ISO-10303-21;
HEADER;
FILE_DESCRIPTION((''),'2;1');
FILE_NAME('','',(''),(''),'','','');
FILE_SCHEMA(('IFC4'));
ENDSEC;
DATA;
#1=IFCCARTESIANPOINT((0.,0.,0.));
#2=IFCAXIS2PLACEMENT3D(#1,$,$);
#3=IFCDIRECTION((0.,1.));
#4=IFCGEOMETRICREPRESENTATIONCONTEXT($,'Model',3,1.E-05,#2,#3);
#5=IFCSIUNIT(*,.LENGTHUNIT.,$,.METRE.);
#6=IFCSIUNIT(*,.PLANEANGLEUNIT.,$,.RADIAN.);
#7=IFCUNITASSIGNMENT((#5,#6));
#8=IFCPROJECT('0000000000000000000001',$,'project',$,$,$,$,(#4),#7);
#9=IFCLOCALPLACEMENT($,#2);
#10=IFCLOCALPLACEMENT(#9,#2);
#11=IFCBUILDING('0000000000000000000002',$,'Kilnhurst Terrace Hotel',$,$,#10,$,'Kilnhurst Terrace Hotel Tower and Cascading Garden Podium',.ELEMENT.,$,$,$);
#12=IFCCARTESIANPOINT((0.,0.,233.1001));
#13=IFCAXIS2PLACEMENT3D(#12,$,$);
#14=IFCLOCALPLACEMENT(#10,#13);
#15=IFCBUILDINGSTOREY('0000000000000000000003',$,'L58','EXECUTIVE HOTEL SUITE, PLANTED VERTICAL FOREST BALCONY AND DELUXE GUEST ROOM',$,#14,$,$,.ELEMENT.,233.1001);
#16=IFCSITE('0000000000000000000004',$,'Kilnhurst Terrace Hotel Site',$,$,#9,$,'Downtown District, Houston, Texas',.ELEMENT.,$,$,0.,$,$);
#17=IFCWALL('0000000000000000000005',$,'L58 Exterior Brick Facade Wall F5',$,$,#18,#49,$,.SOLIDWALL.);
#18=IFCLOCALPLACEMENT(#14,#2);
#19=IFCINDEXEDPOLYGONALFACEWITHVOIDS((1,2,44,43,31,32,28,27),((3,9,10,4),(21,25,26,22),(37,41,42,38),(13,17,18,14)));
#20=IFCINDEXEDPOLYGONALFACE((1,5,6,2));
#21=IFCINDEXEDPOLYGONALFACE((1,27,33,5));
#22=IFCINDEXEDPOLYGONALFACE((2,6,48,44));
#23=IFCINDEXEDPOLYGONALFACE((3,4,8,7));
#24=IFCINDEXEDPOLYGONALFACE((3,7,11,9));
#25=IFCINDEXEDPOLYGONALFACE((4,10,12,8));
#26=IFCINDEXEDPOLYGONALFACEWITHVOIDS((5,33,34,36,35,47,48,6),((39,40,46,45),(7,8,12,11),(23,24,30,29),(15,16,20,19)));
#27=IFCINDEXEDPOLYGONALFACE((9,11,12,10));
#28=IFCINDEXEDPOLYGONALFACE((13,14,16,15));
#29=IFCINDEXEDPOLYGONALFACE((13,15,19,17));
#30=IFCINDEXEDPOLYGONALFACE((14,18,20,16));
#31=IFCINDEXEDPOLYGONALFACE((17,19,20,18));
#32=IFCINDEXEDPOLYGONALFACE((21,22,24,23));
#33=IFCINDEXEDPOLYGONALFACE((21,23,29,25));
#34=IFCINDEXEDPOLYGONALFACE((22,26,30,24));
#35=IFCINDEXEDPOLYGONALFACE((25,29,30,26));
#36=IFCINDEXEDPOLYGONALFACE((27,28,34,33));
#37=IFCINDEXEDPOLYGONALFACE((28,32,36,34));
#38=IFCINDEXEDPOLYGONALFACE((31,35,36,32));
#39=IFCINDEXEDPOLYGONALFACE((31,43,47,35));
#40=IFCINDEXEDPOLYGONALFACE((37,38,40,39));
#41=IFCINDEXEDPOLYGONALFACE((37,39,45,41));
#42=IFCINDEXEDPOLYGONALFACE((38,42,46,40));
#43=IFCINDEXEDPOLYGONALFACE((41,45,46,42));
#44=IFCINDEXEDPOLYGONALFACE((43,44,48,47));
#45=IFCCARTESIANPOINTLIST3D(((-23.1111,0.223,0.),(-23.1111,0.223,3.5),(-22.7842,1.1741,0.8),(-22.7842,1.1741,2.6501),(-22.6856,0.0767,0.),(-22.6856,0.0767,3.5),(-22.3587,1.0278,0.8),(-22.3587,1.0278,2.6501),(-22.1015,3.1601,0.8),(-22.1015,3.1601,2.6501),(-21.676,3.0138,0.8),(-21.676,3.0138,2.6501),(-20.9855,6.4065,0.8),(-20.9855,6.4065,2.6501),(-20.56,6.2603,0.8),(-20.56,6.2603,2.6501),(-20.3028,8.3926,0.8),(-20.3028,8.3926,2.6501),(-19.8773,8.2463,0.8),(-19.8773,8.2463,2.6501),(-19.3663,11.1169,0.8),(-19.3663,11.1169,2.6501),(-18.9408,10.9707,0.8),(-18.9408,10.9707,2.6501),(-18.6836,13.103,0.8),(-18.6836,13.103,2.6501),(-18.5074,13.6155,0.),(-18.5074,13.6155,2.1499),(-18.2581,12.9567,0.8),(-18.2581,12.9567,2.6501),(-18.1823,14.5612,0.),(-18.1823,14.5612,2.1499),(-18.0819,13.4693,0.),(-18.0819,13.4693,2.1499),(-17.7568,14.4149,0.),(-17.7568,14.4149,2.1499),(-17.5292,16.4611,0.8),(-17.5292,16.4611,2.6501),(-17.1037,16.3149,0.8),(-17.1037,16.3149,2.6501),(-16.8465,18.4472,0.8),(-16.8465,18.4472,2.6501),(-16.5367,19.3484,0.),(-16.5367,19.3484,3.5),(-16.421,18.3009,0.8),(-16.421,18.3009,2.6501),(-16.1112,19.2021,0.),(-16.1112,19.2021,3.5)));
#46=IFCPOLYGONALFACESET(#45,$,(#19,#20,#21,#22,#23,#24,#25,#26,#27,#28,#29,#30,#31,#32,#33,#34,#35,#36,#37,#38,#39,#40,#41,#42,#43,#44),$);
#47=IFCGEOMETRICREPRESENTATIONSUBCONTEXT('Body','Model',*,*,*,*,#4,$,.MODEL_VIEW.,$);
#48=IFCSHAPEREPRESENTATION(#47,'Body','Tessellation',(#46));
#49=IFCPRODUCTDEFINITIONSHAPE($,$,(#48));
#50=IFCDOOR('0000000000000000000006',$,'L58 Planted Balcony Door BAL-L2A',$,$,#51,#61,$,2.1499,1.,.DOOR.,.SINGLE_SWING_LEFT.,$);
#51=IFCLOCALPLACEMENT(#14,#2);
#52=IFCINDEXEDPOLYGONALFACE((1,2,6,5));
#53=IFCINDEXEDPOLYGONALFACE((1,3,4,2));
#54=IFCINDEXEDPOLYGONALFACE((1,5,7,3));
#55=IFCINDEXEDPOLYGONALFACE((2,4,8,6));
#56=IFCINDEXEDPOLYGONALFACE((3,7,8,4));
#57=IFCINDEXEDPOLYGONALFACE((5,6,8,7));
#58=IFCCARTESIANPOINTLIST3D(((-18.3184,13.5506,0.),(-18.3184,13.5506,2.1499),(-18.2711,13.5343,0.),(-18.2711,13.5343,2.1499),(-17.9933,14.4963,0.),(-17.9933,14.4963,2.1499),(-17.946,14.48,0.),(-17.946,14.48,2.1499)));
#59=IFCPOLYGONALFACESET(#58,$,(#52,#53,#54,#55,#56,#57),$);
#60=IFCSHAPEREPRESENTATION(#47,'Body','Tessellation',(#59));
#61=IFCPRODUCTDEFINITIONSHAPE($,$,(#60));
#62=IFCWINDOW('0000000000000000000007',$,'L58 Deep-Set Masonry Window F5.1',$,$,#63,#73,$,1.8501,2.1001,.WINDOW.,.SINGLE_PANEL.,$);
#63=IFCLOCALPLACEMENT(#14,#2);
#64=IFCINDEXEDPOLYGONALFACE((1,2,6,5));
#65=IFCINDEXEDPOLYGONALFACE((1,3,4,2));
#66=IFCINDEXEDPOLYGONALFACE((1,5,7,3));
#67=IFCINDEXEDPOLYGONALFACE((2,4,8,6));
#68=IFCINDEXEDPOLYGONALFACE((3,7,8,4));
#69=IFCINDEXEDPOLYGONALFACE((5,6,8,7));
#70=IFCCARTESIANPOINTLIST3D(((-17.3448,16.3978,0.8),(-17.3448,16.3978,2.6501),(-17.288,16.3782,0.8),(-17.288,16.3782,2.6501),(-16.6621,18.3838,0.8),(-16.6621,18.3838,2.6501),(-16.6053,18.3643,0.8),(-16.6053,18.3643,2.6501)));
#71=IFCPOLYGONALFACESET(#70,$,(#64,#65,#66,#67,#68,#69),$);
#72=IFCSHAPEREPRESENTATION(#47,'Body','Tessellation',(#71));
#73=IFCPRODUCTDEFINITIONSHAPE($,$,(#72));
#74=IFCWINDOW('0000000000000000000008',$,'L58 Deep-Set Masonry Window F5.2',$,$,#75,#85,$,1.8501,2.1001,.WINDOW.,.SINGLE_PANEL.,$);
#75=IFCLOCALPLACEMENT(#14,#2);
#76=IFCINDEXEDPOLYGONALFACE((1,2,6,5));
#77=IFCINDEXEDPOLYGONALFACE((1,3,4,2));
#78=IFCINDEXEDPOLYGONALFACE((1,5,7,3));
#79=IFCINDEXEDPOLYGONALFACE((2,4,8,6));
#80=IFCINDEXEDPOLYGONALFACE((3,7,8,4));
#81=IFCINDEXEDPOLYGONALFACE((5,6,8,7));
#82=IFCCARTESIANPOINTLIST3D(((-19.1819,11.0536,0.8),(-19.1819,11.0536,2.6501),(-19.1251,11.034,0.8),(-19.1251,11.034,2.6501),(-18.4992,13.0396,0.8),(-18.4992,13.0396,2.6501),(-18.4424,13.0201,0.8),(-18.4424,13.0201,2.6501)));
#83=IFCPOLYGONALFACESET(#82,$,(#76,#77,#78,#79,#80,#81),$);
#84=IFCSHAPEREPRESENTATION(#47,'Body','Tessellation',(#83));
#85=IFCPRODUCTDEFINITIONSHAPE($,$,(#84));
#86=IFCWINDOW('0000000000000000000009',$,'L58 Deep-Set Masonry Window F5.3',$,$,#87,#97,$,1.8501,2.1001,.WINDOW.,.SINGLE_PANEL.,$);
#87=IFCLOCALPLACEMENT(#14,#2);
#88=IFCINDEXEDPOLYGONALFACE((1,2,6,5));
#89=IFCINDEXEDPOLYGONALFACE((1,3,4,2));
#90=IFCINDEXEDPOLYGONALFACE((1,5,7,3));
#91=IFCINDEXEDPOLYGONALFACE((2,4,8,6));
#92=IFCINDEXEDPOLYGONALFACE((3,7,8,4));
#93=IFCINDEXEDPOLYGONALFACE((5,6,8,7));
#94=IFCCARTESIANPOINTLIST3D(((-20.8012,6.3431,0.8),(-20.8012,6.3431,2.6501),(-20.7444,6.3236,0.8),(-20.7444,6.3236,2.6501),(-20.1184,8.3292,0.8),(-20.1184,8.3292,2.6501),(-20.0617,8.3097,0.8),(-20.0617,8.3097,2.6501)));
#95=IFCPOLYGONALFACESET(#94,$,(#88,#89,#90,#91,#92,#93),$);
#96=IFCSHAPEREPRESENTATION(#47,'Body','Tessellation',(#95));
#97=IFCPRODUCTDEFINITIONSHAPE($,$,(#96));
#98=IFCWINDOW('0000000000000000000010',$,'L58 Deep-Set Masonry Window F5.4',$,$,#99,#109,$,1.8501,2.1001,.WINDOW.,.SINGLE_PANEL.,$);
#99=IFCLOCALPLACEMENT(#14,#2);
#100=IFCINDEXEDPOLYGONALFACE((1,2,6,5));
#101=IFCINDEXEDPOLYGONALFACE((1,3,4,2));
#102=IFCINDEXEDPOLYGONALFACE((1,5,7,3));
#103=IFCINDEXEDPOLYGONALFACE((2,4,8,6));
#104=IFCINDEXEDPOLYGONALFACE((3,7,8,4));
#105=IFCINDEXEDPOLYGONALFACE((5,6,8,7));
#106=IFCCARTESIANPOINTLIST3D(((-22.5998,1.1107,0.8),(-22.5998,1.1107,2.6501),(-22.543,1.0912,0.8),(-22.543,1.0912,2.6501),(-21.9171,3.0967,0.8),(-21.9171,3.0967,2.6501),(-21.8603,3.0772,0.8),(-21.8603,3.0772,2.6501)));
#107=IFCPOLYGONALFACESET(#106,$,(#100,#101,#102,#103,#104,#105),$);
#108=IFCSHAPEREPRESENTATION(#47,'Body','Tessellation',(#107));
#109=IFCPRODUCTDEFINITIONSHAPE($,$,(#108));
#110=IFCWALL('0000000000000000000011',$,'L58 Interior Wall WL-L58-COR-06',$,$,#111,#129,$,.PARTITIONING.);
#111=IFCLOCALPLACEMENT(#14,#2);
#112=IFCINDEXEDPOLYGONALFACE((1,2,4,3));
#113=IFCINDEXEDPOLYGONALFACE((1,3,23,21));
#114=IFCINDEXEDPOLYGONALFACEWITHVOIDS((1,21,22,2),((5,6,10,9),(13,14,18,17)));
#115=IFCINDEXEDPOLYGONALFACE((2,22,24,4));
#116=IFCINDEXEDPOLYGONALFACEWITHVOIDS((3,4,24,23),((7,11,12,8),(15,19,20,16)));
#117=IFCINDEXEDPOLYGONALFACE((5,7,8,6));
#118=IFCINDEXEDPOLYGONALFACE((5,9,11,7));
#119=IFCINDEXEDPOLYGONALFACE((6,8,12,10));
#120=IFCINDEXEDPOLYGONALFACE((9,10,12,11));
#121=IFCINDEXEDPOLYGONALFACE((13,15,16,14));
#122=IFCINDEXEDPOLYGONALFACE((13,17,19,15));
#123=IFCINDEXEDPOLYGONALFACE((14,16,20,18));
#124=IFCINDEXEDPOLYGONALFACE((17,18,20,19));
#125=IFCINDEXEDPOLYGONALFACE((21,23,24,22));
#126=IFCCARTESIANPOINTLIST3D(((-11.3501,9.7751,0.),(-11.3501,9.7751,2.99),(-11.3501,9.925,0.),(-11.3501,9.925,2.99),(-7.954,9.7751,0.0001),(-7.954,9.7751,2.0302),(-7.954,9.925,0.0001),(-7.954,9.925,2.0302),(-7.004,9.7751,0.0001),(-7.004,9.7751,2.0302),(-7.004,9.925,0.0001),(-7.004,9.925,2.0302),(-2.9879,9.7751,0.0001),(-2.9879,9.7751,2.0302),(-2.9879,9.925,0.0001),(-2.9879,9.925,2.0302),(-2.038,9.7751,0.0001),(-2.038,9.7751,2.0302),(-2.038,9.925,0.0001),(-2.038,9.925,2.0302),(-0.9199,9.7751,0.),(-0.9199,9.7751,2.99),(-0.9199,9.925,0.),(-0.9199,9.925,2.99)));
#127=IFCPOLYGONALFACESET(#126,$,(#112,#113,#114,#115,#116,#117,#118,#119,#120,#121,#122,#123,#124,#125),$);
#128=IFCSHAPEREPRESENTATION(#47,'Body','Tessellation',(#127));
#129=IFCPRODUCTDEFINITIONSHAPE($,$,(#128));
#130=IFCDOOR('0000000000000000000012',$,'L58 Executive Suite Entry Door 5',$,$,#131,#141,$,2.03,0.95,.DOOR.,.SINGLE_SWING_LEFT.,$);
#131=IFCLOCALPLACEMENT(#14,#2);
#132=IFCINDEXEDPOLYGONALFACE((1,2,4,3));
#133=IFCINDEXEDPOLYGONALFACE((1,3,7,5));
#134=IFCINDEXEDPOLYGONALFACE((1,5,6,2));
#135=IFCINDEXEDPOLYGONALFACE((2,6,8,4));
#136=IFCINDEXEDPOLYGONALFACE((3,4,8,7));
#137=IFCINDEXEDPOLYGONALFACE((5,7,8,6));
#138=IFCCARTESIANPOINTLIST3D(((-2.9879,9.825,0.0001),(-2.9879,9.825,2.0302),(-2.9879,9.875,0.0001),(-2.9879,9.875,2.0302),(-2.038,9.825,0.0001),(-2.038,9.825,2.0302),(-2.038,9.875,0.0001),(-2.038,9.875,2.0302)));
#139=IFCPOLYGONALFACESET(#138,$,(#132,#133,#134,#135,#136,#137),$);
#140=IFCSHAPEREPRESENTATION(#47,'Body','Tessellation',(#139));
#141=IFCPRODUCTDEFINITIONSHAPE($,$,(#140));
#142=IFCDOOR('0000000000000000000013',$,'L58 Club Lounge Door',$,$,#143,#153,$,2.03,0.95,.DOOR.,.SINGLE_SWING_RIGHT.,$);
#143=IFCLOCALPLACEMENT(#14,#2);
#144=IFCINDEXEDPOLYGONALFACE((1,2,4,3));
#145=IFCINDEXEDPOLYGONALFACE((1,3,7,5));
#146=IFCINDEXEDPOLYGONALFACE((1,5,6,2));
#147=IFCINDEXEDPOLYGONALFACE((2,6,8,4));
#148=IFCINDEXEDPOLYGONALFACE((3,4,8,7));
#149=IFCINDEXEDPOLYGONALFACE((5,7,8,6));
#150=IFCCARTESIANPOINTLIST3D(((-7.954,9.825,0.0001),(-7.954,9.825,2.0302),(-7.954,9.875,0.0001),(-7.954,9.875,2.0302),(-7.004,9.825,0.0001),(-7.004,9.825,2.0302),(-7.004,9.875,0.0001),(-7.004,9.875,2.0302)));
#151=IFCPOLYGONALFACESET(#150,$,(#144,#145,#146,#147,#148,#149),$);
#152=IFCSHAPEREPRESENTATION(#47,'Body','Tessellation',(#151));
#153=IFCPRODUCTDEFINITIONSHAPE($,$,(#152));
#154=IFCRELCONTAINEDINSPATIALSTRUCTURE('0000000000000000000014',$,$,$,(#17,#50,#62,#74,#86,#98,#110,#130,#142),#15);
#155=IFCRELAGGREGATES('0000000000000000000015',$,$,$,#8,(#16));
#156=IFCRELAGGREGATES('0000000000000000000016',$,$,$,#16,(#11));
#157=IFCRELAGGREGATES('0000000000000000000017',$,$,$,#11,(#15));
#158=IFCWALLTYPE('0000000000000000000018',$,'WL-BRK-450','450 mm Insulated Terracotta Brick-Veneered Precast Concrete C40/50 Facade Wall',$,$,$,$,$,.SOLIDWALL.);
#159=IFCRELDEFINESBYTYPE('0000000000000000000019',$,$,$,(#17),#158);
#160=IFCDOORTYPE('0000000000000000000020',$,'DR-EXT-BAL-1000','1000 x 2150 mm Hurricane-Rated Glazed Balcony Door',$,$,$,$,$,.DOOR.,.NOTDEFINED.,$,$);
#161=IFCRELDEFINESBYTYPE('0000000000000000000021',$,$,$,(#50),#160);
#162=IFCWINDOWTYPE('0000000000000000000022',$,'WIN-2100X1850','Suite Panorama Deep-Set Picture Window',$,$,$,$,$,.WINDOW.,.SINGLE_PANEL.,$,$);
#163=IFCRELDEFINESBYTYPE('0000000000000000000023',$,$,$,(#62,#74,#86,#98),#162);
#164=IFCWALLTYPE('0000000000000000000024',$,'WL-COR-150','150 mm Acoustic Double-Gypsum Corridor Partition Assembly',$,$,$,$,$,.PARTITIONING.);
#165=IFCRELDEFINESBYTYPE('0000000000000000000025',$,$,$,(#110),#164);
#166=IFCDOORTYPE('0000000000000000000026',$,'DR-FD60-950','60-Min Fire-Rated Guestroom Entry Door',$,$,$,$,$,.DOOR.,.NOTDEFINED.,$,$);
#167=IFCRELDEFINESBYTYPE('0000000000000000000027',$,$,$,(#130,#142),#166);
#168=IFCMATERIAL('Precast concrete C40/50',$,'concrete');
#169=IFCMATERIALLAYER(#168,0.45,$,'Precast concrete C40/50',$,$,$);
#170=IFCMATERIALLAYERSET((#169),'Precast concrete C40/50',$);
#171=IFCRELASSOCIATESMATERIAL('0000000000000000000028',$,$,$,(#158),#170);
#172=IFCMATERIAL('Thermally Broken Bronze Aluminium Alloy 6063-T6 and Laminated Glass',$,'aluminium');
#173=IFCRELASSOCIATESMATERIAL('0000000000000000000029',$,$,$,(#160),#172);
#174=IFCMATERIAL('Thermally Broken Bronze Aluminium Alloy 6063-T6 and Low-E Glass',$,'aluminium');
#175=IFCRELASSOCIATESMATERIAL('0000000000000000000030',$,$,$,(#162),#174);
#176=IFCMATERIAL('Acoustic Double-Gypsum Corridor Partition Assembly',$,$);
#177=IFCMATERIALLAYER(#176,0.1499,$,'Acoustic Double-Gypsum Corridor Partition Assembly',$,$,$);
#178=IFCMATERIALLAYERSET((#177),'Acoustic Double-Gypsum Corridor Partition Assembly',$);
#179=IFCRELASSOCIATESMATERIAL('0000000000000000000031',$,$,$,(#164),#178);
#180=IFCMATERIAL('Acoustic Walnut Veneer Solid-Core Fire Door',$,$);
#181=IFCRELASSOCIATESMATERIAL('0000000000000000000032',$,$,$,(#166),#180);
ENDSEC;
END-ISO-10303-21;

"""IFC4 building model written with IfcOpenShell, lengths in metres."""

from ifc_helpers import new_model, si_unit, direction, frame, frame_2d, origin, place, context, subcontext, project, spatial, rectangle, extrude, material, layer, layer_set, type_object, element, fill, save


model = new_model("IFC4")

# Units and contexts
model_context = context("Model", 3, precision=1e-05, world=origin(), true_north=direction((0.0, 1.0)))
body_context = subcontext(model_context, "Body", "Model", "MODEL_VIEW")
ifc_project = project(units=[si_unit("LENGTHUNIT", "METRE"), si_unit("PLANEANGLEUNIT", "RADIAN")], contexts=[model_context])

# Site, building, storey
site_placement = place(None, origin())
site = spatial("IfcSite", under=ifc_project, at=site_placement, Name="Kilnhurst Terrace Hotel Site", LongName="Downtown District, Houston, Texas", CompositionType="ELEMENT", RefElevation=0.0)
building_placement = place(site_placement, origin())
building = spatial("IfcBuilding", under=site, at=building_placement, Name="Kilnhurst Terrace Hotel", LongName="Kilnhurst Terrace Hotel Tower and Cascading Garden Podium", CompositionType="ELEMENT")
storey_placement = place(building_placement, frame((0.0, 0.0, 233.1001)))
storey = spatial("IfcBuildingStorey", under=building, at=storey_placement, Name="L58", Description="EXECUTIVE HOTEL SUITE, PLANTED VERTICAL FOREST BALCONY AND DELUXE GUEST ROOM", CompositionType="ELEMENT", Elevation=233.1001)

# Shared definitions
ifc_material_1 = material(Name="Precast concrete C40/50", Category="concrete")
ifc_layer_1 = layer(ifc_material_1, 0.45, Name="Precast concrete C40/50")
ifc_layer_set_1 = layer_set([ifc_layer_1], Name="Precast concrete C40/50")
wall_type_1 = type_object("IfcWallType", Name="WL-BRK-450", Description="450 mm Insulated Terracotta Brick-Veneered Precast Concrete C40/50 Facade Wall", PredefinedType="SOLIDWALL", material=ifc_layer_set_1)

# Wall, openings, door, windows
wall_1_placement = place(storey_placement, frame((-16.324, 19.2751, 0.0), z_axis=(0.0, 0.0, 1.0), x_axis=(-0.325083, -0.945685, 0.0)))
wall_1 = element("IfcWall", 1, at=wall_1_placement, inside=storey, type_object=wall_type_1, Name="L58 Exterior Brick Facade Wall F5", PredefinedType="SOLIDWALL", context=body_context, shape_type="SweptSolid", body=[
    extrude(rectangle(XDim=20.2239, YDim=0.45, at=frame_2d((10.1118, 0.0))), origin(), (0.0, 0.0, 1.0), 3.5),
])
opening_1_placement = place(wall_1_placement, frame((5.062, 0.0, 0.0)))
opening_1 = element("IfcOpeningElement", 2, at=opening_1_placement, cuts=wall_1, PredefinedType="OPENING", context=body_context, shape_type="SweptSolid", body=[
    extrude(rectangle(XDim=1.0, YDim=2.1499, at=frame_2d((0.5, 1.075))), frame((0.0, 0.2349, 0.0), z_axis=(0.0, -1.0, 0.0), x_axis=(1.0, 0.0, 0.0)), (0.0, 0.0, 1.0), 0.47),
])
opening_2_placement = place(wall_1_placement, frame((0.9529, 0.0, 0.8)))
opening_2 = element("IfcOpeningElement", 3, at=opening_2_placement, cuts=wall_1, PredefinedType="OPENING", context=body_context, shape_type="SweptSolid", body=[
    extrude(rectangle(XDim=2.1001, YDim=1.8501, at=frame_2d((1.05, 0.925))), frame((0.0, 0.2349, 0.0), z_axis=(0.0, -1.0, 0.0), x_axis=(1.0, 0.0, 0.0)), (0.0, 0.0, 1.0), 0.47),
])
opening_3_placement = place(wall_1_placement, frame((6.604, 0.0, 0.8)))
opening_3 = element("IfcOpeningElement", 4, at=opening_3_placement, cuts=wall_1, PredefinedType="OPENING", context=body_context, shape_type="SweptSolid", body=[
    extrude(rectangle(XDim=2.1001, YDim=1.8501, at=frame_2d((1.05, 0.925))), frame((0.0, 0.2349, 0.0), z_axis=(0.0, -1.0, 0.0), x_axis=(1.0, 0.0, 0.0)), (0.0, 0.0, 1.0), 0.47),
])
opening_4_placement = place(wall_1_placement, frame((11.585, 0.0, 0.8)))
opening_4 = element("IfcOpeningElement", 5, at=opening_4_placement, cuts=wall_1, PredefinedType="OPENING", context=body_context, shape_type="SweptSolid", body=[
    extrude(rectangle(XDim=2.1001, YDim=1.8501, at=frame_2d((1.05, 0.925))), frame((0.0, 0.2349, 0.0), z_axis=(0.0, -1.0, 0.0), x_axis=(1.0, 0.0, 0.0)), (0.0, 0.0, 1.0), 0.47),
])
opening_5_placement = place(wall_1_placement, frame((17.1179, 0.0, 0.8)))
opening_5 = element("IfcOpeningElement", 6, at=opening_5_placement, cuts=wall_1, PredefinedType="OPENING", context=body_context, shape_type="SweptSolid", body=[
    extrude(rectangle(XDim=2.1001, YDim=1.8501, at=frame_2d((1.05, 0.925))), frame((0.0, 0.2349, 0.0), z_axis=(0.0, -1.0, 0.0), x_axis=(1.0, 0.0, 0.0)), (0.0, 0.0, 1.0), 0.47),
])
ifc_material_2 = material(Name="Thermally Broken Bronze Aluminium Alloy 6063-T6 and Laminated Glass", Category="aluminium")
door_type_1 = type_object("IfcDoorType", Name="DR-EXT-BAL-1000", Description="1000 x 2150 mm Hurricane-Rated Glazed Balcony Door", OperationType="NOTDEFINED", PredefinedType="DOOR", material=ifc_material_2)
door_1_placement = place(opening_1_placement, origin())
door_1 = element("IfcDoor", 7, at=door_1_placement, inside=storey, type_object=door_type_1, Name="L58 Planted Balcony Door BAL-L2A", OperationType="SINGLE_SWING_LEFT", OverallHeight=2.1499, OverallWidth=1.0, PredefinedType="DOOR", context=body_context, shape_type="SweptSolid", body=[
    extrude(rectangle(XDim=1.0, YDim=2.1499, at=frame_2d((0.5, 1.075))), frame((0.0, 0.0249, 0.0), z_axis=(0.0, -1.0, 0.0), x_axis=(1.0, 0.0, 0.0)), (0.0, 0.0, 1.0), 0.05),
])
fill(opening_1, door_1)
ifc_material_3 = material(Name="Thermally Broken Bronze Aluminium Alloy 6063-T6 and Low-E Glass", Category="aluminium")
window_type = type_object("IfcWindowType", Name="WIN-2100X1850", Description="Suite Panorama Deep-Set Picture Window", PartitioningType="SINGLE_PANEL", PredefinedType="WINDOW", material=ifc_material_3)
window_1_placement = place(opening_2_placement, origin())
window_1 = element("IfcWindow", 8, at=window_1_placement, inside=storey, type_object=window_type, Name="L58 Deep-Set Masonry Window F5.1", OverallHeight=1.8501, OverallWidth=2.1001, PartitioningType="SINGLE_PANEL", PredefinedType="WINDOW", context=body_context, shape_type="SweptSolid", body=[
    extrude(rectangle(XDim=2.1001, YDim=1.8501, at=frame_2d((1.05, 0.925))), frame((0.0, 0.03, 0.0), z_axis=(0.0, -1.0, 0.0), x_axis=(1.0, 0.0, 0.0)), (0.0, 0.0, 1.0), 0.0601),
])
fill(opening_2, window_1)
window_2_placement = place(opening_3_placement, origin())
window_2 = element("IfcWindow", 9, at=window_2_placement, inside=storey, type_object=window_type, Name="L58 Deep-Set Masonry Window F5.2", OverallHeight=1.8501, OverallWidth=2.1001, PartitioningType="SINGLE_PANEL", PredefinedType="WINDOW", context=body_context, shape_type="SweptSolid", body=[
    extrude(rectangle(XDim=2.1001, YDim=1.8501, at=frame_2d((1.05, 0.925))), frame((0.0, 0.03, 0.0), z_axis=(0.0, -1.0, 0.0), x_axis=(1.0, 0.0, 0.0)), (0.0, 0.0, 1.0), 0.0601),
])
fill(opening_3, window_2)
window_3_placement = place(opening_4_placement, origin())
window_3 = element("IfcWindow", 10, at=window_3_placement, inside=storey, type_object=window_type, Name="L58 Deep-Set Masonry Window F5.3", OverallHeight=1.8501, OverallWidth=2.1001, PartitioningType="SINGLE_PANEL", PredefinedType="WINDOW", context=body_context, shape_type="SweptSolid", body=[
    extrude(rectangle(XDim=2.1001, YDim=1.8501, at=frame_2d((1.05, 0.925))), frame((0.0, 0.03, 0.0), z_axis=(0.0, -1.0, 0.0), x_axis=(1.0, 0.0, 0.0)), (0.0, 0.0, 1.0), 0.0601),
])
fill(opening_4, window_3)
window_4_placement = place(opening_5_placement, origin())
window_4 = element("IfcWindow", 11, at=window_4_placement, inside=storey, type_object=window_type, Name="L58 Deep-Set Masonry Window F5.4", OverallHeight=1.8501, OverallWidth=2.1001, PartitioningType="SINGLE_PANEL", PredefinedType="WINDOW", context=body_context, shape_type="SweptSolid", body=[
    extrude(rectangle(XDim=2.1001, YDim=1.8501, at=frame_2d((1.05, 0.925))), frame((0.0, 0.03, 0.0), z_axis=(0.0, -1.0, 0.0), x_axis=(1.0, 0.0, 0.0)), (0.0, 0.0, 1.0), 0.0601),
])
fill(opening_5, window_4)

# Wall, openings, doors
ifc_material_4 = material(Name="Acoustic Double-Gypsum Corridor Partition Assembly")
ifc_layer_2 = layer(ifc_material_4, 0.1499, Name="Acoustic Double-Gypsum Corridor Partition Assembly")
ifc_layer_set_2 = layer_set([ifc_layer_2], Name="Acoustic Double-Gypsum Corridor Partition Assembly")
wall_type_2 = type_object("IfcWallType", Name="WL-COR-150", Description="150 mm Acoustic Double-Gypsum Corridor Partition Assembly", PredefinedType="PARTITIONING", material=ifc_layer_set_2)
wall_2_placement = place(storey_placement, frame((-11.3501, 9.8501, 0.0), z_axis=(0.0, 0.0, 1.0), x_axis=(1.0, 0.0, 0.0)))
wall_2 = element("IfcWall", 12, at=wall_2_placement, inside=storey, type_object=wall_type_2, Name="L58 Interior Wall WL-L58-COR-06", PredefinedType="PARTITIONING", context=body_context, shape_type="SweptSolid", body=[
    extrude(rectangle(XDim=10.4302, YDim=0.1499, at=frame_2d((5.2151, 0.0))), origin(), (0.0, 0.0, 1.0), 2.99),
])
opening_6_placement = place(wall_2_placement, frame((8.3621, 0.0, 0.0)))
opening_6 = element("IfcOpeningElement", 13, at=opening_6_placement, cuts=wall_2, PredefinedType="OPENING", context=body_context, shape_type="SweptSolid", body=[
    extrude(rectangle(XDim=0.95, YDim=2.03, at=frame_2d((0.4751, 1.0151))), frame((0.0, 0.085, 0.0), z_axis=(0.0, -1.0, 0.0), x_axis=(1.0, 0.0, 0.0)), (0.0, 0.0, 1.0), 0.1699),
])
opening_7_placement = place(wall_2_placement, frame((3.396, 0.0, 0.0)))
opening_7 = element("IfcOpeningElement", 14, at=opening_7_placement, cuts=wall_2, PredefinedType="OPENING", context=body_context, shape_type="SweptSolid", body=[
    extrude(rectangle(XDim=0.95, YDim=2.03, at=frame_2d((0.4751, 1.0151))), frame((0.0, 0.085, 0.0), z_axis=(0.0, -1.0, 0.0), x_axis=(1.0, 0.0, 0.0)), (0.0, 0.0, 1.0), 0.1699),
])
ifc_material_5 = material(Name="Acoustic Walnut Veneer Solid-Core Fire Door")
door_type_2 = type_object("IfcDoorType", Name="DR-FD60-950", Description="60-Min Fire-Rated Guestroom Entry Door", OperationType="NOTDEFINED", PredefinedType="DOOR", material=ifc_material_5)
door_2_placement = place(opening_6_placement, origin())
door_2 = element("IfcDoor", 15, at=door_2_placement, inside=storey, type_object=door_type_2, Name="L58 Executive Suite Entry Door 5", OperationType="SINGLE_SWING_LEFT", OverallHeight=2.03, OverallWidth=0.95, PredefinedType="DOOR", context=body_context, shape_type="SweptSolid", body=[
    extrude(rectangle(XDim=0.95, YDim=2.03, at=frame_2d((0.4751, 1.0151))), frame((0.0, 0.0249, 0.0), z_axis=(0.0, -1.0, 0.0), x_axis=(1.0, 0.0, 0.0)), (0.0, 0.0, 1.0), 0.05),
])
fill(opening_6, door_2)
door_3_placement = place(opening_7_placement, origin())
door_3 = element("IfcDoor", 16, at=door_3_placement, inside=storey, type_object=door_type_2, Name="L58 Club Lounge Door", OperationType="SINGLE_SWING_RIGHT", OverallHeight=2.03, OverallWidth=0.95, PredefinedType="DOOR", context=body_context, shape_type="SweptSolid", body=[
    extrude(rectangle(XDim=0.95, YDim=2.03, at=frame_2d((0.4751, 1.0151))), frame((0.0, 0.0249, 0.0), z_axis=(0.0, -1.0, 0.0), x_axis=(1.0, 0.0, 0.0)), (0.0, 0.0, 1.0), 0.05),
])
fill(opening_7, door_3)

save(model, "model.ifc")
